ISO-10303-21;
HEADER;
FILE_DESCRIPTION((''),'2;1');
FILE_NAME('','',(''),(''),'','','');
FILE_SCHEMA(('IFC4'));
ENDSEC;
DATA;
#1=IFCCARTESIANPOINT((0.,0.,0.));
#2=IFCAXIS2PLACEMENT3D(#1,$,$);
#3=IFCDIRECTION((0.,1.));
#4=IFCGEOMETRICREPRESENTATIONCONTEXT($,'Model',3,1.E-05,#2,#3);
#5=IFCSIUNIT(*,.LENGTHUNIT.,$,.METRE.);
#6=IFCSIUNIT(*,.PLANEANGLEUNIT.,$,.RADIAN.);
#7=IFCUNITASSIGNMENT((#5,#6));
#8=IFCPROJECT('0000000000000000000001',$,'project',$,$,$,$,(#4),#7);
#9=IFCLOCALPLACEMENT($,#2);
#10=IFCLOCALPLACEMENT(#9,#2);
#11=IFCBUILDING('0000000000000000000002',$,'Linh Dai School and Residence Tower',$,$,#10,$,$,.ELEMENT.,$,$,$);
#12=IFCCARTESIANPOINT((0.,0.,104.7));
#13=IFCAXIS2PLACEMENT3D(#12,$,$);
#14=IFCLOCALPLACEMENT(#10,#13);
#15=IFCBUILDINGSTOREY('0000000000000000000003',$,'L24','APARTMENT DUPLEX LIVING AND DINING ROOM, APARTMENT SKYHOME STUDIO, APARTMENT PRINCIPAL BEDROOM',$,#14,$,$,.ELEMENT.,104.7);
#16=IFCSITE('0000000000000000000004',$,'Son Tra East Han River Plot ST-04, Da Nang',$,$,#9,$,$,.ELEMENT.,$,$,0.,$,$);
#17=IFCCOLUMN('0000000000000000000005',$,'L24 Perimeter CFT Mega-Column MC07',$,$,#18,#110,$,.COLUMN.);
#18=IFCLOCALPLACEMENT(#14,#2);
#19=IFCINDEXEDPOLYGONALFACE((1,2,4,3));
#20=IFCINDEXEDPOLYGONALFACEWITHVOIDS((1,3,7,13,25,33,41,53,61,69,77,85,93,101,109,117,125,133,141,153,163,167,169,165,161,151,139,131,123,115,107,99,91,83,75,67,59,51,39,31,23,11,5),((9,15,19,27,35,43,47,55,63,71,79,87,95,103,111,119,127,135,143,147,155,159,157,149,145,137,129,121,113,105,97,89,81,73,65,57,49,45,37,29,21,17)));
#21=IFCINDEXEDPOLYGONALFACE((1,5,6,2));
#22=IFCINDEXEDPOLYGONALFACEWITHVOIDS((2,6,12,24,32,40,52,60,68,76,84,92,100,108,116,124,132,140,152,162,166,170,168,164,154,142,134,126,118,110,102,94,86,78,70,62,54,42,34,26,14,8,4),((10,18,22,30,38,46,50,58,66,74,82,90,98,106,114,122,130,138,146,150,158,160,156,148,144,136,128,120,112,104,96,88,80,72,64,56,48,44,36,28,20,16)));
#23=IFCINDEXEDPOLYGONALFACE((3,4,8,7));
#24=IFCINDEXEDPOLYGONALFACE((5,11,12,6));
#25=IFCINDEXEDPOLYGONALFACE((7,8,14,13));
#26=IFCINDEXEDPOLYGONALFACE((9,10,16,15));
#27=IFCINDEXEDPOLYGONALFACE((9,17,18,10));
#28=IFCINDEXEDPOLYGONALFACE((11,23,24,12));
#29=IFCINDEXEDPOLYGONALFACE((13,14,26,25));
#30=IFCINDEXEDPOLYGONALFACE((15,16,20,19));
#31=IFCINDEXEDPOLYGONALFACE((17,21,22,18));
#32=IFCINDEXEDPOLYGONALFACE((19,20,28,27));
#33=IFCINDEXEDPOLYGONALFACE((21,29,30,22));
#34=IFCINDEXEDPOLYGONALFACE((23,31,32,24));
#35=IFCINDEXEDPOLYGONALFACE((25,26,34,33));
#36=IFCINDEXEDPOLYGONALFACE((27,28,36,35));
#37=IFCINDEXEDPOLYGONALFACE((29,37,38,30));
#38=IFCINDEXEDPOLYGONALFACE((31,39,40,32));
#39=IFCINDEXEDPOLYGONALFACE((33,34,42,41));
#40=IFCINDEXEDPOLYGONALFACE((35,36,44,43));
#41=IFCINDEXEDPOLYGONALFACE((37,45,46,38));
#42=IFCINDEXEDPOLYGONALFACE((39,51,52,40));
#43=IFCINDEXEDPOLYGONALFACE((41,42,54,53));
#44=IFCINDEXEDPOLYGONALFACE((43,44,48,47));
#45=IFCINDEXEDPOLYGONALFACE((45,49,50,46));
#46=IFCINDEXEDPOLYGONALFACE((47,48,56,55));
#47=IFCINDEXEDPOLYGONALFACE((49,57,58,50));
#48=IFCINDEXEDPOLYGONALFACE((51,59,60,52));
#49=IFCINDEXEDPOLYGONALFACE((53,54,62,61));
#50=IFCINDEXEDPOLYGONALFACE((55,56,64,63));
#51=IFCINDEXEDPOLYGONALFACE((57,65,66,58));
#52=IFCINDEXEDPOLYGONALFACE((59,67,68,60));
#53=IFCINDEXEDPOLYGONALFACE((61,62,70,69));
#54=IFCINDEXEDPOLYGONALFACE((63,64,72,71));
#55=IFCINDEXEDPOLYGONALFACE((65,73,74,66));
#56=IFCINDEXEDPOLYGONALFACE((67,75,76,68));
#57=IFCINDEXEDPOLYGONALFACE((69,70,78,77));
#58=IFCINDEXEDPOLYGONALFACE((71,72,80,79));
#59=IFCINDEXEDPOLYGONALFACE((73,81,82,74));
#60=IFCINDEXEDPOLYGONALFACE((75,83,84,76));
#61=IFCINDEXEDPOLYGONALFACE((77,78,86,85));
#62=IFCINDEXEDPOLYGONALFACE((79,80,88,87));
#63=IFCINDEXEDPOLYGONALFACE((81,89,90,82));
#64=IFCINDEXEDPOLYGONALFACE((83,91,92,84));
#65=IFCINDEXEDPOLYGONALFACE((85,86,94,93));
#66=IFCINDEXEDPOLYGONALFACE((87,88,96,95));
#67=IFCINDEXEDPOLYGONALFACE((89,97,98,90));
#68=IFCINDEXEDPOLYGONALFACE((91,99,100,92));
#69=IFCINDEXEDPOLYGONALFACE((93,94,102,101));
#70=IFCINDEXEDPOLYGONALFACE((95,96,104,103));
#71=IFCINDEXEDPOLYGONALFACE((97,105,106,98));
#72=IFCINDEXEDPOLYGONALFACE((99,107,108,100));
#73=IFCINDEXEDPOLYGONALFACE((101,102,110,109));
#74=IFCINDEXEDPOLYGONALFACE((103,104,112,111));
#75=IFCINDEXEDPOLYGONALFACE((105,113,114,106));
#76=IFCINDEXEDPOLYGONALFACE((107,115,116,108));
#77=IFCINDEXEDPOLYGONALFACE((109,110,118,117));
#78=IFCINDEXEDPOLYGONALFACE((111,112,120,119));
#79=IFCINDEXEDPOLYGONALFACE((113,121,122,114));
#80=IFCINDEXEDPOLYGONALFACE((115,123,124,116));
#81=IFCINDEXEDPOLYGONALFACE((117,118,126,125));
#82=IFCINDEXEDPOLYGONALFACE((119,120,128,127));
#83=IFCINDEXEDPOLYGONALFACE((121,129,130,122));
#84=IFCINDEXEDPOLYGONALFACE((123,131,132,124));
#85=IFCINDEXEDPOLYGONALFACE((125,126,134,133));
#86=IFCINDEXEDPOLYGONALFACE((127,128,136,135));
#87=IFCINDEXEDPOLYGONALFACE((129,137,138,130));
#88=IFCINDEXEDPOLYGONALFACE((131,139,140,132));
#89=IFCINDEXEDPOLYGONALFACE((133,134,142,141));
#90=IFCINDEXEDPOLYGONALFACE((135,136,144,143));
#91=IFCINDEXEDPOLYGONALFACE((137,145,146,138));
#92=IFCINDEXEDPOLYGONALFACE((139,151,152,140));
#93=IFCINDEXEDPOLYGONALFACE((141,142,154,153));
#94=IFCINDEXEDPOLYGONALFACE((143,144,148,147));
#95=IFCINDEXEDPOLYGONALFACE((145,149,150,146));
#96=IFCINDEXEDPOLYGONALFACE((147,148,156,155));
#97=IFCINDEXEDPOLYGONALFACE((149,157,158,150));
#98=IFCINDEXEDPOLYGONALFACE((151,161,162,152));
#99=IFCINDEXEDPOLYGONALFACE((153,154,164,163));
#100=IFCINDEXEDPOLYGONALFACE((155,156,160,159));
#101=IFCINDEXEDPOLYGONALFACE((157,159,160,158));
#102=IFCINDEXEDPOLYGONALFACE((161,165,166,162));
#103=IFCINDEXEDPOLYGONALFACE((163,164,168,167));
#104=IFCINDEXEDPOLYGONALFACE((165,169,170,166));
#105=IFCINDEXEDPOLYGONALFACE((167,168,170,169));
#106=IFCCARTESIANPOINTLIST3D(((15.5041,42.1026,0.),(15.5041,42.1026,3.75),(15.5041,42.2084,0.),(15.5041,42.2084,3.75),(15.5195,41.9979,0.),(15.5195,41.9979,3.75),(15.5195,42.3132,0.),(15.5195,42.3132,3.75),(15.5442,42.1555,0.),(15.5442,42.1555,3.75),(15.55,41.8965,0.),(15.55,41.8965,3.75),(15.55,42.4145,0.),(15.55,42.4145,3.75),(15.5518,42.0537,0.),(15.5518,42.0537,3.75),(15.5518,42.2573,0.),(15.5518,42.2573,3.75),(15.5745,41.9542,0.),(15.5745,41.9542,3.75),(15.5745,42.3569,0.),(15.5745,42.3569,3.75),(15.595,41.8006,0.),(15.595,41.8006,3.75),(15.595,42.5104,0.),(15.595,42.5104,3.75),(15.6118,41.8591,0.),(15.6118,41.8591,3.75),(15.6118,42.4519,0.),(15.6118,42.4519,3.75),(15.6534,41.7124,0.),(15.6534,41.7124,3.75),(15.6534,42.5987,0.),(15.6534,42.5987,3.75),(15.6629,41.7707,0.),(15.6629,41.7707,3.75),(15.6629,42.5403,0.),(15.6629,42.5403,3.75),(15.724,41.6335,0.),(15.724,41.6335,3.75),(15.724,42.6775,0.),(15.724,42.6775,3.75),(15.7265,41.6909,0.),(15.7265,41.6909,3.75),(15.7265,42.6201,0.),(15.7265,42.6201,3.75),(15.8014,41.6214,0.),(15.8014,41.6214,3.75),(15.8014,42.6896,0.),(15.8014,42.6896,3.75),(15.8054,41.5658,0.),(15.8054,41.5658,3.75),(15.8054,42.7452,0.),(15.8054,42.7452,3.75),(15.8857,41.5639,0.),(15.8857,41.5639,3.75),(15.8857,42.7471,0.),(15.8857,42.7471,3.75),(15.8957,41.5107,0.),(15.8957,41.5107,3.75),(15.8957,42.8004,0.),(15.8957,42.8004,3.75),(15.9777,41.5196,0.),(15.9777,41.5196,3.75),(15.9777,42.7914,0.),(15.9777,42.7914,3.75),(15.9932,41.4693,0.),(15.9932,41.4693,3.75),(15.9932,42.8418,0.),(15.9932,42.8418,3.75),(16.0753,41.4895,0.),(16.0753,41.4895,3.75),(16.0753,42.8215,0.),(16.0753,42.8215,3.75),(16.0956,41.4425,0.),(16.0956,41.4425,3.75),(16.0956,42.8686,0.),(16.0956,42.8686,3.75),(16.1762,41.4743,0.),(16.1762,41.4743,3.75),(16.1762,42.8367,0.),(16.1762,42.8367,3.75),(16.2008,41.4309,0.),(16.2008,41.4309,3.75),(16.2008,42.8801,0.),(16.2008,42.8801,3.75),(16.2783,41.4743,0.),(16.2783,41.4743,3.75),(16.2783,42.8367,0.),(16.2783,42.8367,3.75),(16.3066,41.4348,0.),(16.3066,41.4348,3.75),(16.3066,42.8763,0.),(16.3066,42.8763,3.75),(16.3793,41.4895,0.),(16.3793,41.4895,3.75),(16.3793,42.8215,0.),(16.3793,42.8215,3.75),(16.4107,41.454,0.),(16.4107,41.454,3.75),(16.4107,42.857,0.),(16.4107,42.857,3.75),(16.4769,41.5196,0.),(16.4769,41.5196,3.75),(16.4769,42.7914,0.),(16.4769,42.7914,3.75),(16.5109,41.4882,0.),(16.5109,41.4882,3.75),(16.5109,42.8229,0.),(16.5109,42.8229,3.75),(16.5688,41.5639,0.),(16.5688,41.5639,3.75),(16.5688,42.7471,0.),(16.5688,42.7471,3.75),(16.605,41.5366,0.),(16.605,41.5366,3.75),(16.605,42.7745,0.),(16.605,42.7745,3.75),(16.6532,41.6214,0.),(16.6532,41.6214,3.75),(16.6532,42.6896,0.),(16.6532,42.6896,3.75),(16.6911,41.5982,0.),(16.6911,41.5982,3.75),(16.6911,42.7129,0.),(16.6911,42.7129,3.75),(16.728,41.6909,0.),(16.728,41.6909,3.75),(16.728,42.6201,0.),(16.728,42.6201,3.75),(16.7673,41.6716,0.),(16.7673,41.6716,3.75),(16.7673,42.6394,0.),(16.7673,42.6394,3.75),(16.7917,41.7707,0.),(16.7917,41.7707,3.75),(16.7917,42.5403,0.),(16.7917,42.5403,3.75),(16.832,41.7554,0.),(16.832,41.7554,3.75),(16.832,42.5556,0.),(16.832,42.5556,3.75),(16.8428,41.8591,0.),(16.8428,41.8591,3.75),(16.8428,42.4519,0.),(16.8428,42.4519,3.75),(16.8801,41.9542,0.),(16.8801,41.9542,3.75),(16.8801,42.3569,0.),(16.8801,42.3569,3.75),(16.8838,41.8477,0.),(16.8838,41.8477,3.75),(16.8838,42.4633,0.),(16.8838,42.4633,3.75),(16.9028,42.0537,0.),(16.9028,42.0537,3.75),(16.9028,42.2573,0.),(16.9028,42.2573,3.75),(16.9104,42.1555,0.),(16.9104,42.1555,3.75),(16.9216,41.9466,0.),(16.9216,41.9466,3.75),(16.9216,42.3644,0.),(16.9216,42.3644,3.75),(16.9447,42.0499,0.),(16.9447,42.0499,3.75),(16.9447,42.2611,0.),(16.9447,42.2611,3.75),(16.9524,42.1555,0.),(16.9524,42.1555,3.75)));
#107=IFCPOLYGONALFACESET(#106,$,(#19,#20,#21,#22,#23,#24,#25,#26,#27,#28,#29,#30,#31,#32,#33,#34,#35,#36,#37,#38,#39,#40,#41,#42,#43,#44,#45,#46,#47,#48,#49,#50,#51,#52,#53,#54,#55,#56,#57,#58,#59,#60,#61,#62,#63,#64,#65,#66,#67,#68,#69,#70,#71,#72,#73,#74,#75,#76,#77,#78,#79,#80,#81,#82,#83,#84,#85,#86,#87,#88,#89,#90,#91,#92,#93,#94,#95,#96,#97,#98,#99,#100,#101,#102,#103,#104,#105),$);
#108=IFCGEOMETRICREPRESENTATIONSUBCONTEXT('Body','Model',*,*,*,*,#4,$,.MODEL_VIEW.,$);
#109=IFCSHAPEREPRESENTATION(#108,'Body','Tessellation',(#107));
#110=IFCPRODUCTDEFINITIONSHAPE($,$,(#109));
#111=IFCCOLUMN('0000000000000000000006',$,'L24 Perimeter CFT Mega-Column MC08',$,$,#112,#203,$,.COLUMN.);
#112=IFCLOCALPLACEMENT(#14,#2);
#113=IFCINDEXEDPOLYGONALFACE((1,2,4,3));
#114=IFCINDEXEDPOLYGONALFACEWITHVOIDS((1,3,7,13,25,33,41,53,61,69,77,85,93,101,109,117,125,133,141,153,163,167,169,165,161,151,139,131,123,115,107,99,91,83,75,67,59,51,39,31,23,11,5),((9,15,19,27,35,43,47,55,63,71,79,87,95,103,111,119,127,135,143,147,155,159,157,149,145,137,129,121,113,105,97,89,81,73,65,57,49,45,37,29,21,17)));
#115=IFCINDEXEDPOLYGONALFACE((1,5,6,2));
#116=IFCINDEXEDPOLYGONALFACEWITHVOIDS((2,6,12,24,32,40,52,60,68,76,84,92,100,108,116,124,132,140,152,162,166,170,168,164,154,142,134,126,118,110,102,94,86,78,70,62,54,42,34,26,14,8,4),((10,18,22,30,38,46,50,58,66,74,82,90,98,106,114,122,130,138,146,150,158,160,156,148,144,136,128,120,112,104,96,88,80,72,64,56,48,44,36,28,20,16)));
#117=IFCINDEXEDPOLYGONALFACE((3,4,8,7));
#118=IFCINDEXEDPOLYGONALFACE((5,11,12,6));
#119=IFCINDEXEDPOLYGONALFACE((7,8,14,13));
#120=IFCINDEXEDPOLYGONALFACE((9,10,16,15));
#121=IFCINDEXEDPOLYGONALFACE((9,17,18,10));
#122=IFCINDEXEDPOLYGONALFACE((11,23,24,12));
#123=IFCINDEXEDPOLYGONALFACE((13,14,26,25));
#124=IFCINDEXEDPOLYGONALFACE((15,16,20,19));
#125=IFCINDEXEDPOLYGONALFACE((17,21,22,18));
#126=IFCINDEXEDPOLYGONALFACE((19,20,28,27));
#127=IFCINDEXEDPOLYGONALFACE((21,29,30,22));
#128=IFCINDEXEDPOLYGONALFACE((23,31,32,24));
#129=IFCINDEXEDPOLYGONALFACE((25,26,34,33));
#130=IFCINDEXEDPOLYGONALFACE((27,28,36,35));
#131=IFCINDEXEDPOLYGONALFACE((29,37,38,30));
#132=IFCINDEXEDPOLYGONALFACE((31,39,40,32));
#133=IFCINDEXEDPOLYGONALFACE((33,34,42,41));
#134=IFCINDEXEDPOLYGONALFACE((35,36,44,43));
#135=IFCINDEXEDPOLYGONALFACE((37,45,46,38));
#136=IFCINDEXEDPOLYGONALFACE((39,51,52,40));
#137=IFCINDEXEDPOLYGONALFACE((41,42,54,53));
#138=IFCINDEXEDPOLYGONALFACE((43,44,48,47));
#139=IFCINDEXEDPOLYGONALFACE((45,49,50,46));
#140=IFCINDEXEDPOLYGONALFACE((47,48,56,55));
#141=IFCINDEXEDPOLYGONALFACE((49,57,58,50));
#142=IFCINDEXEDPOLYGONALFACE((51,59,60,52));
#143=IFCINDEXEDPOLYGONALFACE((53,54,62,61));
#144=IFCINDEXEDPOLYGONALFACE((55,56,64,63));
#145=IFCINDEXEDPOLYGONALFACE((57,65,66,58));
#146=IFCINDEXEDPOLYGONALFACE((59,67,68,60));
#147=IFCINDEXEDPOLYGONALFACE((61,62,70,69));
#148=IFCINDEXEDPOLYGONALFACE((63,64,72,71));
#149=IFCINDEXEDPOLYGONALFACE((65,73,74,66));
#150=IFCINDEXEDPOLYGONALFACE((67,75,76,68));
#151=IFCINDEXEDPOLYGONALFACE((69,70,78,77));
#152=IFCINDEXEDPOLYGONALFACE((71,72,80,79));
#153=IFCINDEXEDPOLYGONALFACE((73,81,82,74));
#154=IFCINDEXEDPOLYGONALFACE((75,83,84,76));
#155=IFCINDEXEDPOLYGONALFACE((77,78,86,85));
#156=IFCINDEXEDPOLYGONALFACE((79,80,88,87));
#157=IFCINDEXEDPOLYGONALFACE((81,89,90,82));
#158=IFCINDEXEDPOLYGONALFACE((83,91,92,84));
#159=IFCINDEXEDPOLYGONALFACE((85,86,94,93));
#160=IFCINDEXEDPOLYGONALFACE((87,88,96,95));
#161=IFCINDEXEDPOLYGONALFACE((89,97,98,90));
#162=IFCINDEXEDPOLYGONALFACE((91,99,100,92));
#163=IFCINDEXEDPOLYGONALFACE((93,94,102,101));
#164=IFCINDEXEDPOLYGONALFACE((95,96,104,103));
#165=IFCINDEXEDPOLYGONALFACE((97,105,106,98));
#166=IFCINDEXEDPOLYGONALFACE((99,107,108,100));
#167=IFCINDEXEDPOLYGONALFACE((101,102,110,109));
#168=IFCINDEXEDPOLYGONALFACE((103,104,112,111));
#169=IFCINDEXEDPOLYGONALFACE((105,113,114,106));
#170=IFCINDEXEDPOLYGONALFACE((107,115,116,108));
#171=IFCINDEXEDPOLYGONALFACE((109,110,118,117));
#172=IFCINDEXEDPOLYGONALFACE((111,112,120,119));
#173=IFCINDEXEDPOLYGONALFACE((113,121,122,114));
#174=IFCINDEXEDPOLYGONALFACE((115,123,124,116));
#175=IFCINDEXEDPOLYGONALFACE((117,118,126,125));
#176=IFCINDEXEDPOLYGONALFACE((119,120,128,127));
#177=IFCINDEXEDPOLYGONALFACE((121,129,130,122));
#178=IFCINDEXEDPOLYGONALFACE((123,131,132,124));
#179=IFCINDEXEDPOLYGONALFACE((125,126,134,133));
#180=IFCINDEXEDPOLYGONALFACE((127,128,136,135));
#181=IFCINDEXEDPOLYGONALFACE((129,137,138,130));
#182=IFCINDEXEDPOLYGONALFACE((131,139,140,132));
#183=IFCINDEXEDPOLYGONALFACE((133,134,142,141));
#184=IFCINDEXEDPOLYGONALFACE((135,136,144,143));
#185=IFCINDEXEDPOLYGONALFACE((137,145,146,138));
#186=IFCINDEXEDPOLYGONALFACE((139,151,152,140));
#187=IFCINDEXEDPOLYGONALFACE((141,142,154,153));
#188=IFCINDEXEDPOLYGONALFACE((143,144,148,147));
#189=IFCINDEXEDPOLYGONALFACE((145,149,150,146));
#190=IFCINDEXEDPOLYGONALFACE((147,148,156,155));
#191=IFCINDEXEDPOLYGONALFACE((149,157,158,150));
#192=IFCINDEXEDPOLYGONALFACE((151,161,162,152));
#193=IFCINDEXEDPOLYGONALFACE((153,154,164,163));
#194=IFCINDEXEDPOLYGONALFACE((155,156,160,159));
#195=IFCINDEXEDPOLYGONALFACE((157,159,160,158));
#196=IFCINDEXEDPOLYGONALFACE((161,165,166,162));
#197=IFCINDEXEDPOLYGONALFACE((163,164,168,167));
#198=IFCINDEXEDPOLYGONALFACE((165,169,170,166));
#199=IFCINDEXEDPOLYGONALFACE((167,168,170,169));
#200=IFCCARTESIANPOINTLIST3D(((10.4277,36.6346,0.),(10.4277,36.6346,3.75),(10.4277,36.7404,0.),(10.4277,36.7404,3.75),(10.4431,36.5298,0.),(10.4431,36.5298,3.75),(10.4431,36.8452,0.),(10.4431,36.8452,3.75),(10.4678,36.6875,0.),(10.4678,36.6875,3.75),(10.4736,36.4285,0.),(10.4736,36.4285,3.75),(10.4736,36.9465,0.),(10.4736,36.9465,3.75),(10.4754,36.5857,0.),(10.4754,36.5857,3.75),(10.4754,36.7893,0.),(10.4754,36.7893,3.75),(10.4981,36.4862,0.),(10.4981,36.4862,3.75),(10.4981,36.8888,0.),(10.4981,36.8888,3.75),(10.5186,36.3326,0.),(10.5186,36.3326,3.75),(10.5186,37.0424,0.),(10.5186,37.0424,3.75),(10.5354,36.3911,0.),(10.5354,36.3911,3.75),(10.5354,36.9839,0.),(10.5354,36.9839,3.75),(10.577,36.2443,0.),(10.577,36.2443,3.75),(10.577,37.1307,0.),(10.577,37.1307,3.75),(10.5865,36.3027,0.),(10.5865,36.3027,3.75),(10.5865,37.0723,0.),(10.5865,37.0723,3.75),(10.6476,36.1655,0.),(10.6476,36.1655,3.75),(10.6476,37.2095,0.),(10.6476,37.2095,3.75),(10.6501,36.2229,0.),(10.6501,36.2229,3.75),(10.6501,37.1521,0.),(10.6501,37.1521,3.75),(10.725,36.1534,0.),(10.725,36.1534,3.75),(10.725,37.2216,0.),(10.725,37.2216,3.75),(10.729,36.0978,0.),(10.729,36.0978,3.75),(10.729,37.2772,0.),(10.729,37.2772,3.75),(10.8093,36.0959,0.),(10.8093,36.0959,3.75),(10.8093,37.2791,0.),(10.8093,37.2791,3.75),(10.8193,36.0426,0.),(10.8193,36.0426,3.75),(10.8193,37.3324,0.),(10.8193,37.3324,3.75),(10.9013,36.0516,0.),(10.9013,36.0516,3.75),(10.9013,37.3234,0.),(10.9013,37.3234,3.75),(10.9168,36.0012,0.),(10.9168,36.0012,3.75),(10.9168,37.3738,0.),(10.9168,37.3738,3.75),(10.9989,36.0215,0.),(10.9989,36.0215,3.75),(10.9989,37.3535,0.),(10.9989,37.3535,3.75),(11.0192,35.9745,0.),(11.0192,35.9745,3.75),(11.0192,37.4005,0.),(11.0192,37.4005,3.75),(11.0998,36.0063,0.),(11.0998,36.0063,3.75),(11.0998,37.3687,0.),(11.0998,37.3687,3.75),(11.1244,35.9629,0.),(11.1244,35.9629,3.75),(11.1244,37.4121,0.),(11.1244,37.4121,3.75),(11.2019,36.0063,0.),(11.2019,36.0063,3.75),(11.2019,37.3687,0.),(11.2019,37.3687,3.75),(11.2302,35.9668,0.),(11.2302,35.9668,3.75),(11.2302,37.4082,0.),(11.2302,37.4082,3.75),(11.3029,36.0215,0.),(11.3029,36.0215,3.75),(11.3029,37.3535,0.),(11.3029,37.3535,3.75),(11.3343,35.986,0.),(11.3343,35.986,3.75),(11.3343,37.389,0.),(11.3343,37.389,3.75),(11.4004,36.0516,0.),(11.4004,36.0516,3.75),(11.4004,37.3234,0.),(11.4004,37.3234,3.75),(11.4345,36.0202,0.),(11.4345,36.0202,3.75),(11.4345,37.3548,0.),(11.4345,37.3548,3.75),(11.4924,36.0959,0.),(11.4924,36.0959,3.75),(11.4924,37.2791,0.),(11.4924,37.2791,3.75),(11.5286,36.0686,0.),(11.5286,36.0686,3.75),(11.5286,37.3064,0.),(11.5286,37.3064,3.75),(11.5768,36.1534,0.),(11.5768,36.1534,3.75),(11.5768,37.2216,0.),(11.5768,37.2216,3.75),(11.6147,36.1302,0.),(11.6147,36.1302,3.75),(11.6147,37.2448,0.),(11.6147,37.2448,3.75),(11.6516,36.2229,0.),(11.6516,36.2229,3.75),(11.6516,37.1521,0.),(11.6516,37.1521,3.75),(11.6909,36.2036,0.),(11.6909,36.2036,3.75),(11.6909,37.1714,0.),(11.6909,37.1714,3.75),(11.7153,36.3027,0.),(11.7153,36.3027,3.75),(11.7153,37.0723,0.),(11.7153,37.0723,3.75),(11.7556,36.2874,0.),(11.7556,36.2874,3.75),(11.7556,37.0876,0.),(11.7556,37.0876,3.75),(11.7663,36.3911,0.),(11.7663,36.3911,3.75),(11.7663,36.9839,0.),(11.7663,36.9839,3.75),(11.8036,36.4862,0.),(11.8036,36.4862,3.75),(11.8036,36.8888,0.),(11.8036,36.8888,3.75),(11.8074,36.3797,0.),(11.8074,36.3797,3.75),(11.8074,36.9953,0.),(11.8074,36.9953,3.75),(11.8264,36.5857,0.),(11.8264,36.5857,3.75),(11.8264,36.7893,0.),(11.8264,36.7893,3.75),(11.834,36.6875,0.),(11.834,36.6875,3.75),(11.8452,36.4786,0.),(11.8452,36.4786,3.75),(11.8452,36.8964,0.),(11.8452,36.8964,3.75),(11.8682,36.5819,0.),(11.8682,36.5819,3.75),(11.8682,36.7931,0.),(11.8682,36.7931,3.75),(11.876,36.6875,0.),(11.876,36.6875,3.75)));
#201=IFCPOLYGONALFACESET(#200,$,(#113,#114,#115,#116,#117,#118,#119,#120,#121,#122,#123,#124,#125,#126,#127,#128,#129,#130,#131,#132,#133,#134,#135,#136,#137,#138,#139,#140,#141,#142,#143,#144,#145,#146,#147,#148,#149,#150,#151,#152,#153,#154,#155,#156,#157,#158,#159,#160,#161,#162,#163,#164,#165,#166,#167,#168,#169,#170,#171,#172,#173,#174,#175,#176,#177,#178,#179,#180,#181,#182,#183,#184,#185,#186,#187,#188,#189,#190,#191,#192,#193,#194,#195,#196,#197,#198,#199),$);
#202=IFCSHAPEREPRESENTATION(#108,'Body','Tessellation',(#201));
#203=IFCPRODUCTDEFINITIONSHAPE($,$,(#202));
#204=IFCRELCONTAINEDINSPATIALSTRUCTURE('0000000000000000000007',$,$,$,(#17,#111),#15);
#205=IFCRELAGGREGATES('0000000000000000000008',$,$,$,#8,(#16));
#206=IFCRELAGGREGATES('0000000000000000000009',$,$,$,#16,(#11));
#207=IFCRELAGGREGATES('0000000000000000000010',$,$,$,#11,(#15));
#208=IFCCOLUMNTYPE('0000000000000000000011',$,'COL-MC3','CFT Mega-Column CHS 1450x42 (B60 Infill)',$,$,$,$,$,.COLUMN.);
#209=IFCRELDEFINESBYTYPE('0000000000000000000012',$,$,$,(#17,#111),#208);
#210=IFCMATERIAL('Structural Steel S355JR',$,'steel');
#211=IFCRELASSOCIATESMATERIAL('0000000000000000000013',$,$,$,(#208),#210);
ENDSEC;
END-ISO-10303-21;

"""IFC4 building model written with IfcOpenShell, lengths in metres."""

from ifc_helpers import new_model, si_unit, direction, frame, origin, origin_2d, place, context, subcontext, project, spatial, hollow_circle, extrude, material, material_profile, profile_set, type_object, element, save


model = new_model("IFC4")

# Units and contexts
model_context = context("Model", 3, precision=1e-05, world=origin(), true_north=direction((0.0, 1.0)))
body_context = subcontext(model_context, "Body", "Model", "MODEL_VIEW")
ifc_project = project(units=[si_unit("LENGTHUNIT", "METRE"), si_unit("PLANEANGLEUNIT", "RADIAN")], contexts=[model_context])

# Site, building, storey
site_placement = place(None, origin())
site = spatial("IfcSite", under=ifc_project, at=site_placement, Name="Son Tra East Han River Plot ST-04, Da Nang", CompositionType="ELEMENT", RefElevation=0.0)
building_placement = place(site_placement, origin())
building = spatial("IfcBuilding", under=site, at=building_placement, Name="Linh Dai School and Residence Tower", CompositionType="ELEMENT")
storey_placement = place(building_placement, frame((0.0, 0.0, 104.7)))
storey = spatial("IfcBuildingStorey", under=building, at=storey_placement, Name="L24", Description="APARTMENT DUPLEX LIVING AND DINING ROOM, APARTMENT SKYHOME STUDIO, APARTMENT PRINCIPAL BEDROOM", CompositionType="ELEMENT", Elevation=104.7)

# Columns
ifc_material_1 = material(Name="Structural Steel S355JR", Category="steel")
ifc_material_profile_1 = material_profile(ifc_material_1, hollow_circle(Radius=0.7251, WallThickness=0.042, at=origin_2d()), Name="CHS 1450x42")
ifc_profile_set_1 = profile_set([ifc_material_profile_1], Name="Structural Steel S355JR")
column_type = type_object("IfcColumnType", Name="COL-MC3", Description="CFT Mega-Column CHS 1450x42 (B60 Infill)", PredefinedType="COLUMN", material=ifc_profile_set_1)
for number, where, z_axis, x_axis, name in (
    (1, (16.2273, 42.1555, 0.0), (0.0, 0.0, 1.0), (1.0, 0.0, 0.0), "L24 Perimeter CFT Mega-Column MC07"),
    (2, (11.1509, 36.6875, 0.0), (0.0, 0.0, 1.0), (1.0, 0.0, 0.0), "L24 Perimeter CFT Mega-Column MC08"),
):
    element("IfcColumn", number, at=place(storey_placement, frame(where, z_axis=z_axis, x_axis=x_axis)), inside=storey, type_object=column_type, Name=name, PredefinedType="COLUMN", context=body_context, shape_type="SweptSolid", body=[
        extrude(hollow_circle(Radius=0.7251, WallThickness=0.042, at=origin_2d()), origin(), (0.0, 0.0, 1.0), 3.75),
    ])

save(model, "model.ifc")
